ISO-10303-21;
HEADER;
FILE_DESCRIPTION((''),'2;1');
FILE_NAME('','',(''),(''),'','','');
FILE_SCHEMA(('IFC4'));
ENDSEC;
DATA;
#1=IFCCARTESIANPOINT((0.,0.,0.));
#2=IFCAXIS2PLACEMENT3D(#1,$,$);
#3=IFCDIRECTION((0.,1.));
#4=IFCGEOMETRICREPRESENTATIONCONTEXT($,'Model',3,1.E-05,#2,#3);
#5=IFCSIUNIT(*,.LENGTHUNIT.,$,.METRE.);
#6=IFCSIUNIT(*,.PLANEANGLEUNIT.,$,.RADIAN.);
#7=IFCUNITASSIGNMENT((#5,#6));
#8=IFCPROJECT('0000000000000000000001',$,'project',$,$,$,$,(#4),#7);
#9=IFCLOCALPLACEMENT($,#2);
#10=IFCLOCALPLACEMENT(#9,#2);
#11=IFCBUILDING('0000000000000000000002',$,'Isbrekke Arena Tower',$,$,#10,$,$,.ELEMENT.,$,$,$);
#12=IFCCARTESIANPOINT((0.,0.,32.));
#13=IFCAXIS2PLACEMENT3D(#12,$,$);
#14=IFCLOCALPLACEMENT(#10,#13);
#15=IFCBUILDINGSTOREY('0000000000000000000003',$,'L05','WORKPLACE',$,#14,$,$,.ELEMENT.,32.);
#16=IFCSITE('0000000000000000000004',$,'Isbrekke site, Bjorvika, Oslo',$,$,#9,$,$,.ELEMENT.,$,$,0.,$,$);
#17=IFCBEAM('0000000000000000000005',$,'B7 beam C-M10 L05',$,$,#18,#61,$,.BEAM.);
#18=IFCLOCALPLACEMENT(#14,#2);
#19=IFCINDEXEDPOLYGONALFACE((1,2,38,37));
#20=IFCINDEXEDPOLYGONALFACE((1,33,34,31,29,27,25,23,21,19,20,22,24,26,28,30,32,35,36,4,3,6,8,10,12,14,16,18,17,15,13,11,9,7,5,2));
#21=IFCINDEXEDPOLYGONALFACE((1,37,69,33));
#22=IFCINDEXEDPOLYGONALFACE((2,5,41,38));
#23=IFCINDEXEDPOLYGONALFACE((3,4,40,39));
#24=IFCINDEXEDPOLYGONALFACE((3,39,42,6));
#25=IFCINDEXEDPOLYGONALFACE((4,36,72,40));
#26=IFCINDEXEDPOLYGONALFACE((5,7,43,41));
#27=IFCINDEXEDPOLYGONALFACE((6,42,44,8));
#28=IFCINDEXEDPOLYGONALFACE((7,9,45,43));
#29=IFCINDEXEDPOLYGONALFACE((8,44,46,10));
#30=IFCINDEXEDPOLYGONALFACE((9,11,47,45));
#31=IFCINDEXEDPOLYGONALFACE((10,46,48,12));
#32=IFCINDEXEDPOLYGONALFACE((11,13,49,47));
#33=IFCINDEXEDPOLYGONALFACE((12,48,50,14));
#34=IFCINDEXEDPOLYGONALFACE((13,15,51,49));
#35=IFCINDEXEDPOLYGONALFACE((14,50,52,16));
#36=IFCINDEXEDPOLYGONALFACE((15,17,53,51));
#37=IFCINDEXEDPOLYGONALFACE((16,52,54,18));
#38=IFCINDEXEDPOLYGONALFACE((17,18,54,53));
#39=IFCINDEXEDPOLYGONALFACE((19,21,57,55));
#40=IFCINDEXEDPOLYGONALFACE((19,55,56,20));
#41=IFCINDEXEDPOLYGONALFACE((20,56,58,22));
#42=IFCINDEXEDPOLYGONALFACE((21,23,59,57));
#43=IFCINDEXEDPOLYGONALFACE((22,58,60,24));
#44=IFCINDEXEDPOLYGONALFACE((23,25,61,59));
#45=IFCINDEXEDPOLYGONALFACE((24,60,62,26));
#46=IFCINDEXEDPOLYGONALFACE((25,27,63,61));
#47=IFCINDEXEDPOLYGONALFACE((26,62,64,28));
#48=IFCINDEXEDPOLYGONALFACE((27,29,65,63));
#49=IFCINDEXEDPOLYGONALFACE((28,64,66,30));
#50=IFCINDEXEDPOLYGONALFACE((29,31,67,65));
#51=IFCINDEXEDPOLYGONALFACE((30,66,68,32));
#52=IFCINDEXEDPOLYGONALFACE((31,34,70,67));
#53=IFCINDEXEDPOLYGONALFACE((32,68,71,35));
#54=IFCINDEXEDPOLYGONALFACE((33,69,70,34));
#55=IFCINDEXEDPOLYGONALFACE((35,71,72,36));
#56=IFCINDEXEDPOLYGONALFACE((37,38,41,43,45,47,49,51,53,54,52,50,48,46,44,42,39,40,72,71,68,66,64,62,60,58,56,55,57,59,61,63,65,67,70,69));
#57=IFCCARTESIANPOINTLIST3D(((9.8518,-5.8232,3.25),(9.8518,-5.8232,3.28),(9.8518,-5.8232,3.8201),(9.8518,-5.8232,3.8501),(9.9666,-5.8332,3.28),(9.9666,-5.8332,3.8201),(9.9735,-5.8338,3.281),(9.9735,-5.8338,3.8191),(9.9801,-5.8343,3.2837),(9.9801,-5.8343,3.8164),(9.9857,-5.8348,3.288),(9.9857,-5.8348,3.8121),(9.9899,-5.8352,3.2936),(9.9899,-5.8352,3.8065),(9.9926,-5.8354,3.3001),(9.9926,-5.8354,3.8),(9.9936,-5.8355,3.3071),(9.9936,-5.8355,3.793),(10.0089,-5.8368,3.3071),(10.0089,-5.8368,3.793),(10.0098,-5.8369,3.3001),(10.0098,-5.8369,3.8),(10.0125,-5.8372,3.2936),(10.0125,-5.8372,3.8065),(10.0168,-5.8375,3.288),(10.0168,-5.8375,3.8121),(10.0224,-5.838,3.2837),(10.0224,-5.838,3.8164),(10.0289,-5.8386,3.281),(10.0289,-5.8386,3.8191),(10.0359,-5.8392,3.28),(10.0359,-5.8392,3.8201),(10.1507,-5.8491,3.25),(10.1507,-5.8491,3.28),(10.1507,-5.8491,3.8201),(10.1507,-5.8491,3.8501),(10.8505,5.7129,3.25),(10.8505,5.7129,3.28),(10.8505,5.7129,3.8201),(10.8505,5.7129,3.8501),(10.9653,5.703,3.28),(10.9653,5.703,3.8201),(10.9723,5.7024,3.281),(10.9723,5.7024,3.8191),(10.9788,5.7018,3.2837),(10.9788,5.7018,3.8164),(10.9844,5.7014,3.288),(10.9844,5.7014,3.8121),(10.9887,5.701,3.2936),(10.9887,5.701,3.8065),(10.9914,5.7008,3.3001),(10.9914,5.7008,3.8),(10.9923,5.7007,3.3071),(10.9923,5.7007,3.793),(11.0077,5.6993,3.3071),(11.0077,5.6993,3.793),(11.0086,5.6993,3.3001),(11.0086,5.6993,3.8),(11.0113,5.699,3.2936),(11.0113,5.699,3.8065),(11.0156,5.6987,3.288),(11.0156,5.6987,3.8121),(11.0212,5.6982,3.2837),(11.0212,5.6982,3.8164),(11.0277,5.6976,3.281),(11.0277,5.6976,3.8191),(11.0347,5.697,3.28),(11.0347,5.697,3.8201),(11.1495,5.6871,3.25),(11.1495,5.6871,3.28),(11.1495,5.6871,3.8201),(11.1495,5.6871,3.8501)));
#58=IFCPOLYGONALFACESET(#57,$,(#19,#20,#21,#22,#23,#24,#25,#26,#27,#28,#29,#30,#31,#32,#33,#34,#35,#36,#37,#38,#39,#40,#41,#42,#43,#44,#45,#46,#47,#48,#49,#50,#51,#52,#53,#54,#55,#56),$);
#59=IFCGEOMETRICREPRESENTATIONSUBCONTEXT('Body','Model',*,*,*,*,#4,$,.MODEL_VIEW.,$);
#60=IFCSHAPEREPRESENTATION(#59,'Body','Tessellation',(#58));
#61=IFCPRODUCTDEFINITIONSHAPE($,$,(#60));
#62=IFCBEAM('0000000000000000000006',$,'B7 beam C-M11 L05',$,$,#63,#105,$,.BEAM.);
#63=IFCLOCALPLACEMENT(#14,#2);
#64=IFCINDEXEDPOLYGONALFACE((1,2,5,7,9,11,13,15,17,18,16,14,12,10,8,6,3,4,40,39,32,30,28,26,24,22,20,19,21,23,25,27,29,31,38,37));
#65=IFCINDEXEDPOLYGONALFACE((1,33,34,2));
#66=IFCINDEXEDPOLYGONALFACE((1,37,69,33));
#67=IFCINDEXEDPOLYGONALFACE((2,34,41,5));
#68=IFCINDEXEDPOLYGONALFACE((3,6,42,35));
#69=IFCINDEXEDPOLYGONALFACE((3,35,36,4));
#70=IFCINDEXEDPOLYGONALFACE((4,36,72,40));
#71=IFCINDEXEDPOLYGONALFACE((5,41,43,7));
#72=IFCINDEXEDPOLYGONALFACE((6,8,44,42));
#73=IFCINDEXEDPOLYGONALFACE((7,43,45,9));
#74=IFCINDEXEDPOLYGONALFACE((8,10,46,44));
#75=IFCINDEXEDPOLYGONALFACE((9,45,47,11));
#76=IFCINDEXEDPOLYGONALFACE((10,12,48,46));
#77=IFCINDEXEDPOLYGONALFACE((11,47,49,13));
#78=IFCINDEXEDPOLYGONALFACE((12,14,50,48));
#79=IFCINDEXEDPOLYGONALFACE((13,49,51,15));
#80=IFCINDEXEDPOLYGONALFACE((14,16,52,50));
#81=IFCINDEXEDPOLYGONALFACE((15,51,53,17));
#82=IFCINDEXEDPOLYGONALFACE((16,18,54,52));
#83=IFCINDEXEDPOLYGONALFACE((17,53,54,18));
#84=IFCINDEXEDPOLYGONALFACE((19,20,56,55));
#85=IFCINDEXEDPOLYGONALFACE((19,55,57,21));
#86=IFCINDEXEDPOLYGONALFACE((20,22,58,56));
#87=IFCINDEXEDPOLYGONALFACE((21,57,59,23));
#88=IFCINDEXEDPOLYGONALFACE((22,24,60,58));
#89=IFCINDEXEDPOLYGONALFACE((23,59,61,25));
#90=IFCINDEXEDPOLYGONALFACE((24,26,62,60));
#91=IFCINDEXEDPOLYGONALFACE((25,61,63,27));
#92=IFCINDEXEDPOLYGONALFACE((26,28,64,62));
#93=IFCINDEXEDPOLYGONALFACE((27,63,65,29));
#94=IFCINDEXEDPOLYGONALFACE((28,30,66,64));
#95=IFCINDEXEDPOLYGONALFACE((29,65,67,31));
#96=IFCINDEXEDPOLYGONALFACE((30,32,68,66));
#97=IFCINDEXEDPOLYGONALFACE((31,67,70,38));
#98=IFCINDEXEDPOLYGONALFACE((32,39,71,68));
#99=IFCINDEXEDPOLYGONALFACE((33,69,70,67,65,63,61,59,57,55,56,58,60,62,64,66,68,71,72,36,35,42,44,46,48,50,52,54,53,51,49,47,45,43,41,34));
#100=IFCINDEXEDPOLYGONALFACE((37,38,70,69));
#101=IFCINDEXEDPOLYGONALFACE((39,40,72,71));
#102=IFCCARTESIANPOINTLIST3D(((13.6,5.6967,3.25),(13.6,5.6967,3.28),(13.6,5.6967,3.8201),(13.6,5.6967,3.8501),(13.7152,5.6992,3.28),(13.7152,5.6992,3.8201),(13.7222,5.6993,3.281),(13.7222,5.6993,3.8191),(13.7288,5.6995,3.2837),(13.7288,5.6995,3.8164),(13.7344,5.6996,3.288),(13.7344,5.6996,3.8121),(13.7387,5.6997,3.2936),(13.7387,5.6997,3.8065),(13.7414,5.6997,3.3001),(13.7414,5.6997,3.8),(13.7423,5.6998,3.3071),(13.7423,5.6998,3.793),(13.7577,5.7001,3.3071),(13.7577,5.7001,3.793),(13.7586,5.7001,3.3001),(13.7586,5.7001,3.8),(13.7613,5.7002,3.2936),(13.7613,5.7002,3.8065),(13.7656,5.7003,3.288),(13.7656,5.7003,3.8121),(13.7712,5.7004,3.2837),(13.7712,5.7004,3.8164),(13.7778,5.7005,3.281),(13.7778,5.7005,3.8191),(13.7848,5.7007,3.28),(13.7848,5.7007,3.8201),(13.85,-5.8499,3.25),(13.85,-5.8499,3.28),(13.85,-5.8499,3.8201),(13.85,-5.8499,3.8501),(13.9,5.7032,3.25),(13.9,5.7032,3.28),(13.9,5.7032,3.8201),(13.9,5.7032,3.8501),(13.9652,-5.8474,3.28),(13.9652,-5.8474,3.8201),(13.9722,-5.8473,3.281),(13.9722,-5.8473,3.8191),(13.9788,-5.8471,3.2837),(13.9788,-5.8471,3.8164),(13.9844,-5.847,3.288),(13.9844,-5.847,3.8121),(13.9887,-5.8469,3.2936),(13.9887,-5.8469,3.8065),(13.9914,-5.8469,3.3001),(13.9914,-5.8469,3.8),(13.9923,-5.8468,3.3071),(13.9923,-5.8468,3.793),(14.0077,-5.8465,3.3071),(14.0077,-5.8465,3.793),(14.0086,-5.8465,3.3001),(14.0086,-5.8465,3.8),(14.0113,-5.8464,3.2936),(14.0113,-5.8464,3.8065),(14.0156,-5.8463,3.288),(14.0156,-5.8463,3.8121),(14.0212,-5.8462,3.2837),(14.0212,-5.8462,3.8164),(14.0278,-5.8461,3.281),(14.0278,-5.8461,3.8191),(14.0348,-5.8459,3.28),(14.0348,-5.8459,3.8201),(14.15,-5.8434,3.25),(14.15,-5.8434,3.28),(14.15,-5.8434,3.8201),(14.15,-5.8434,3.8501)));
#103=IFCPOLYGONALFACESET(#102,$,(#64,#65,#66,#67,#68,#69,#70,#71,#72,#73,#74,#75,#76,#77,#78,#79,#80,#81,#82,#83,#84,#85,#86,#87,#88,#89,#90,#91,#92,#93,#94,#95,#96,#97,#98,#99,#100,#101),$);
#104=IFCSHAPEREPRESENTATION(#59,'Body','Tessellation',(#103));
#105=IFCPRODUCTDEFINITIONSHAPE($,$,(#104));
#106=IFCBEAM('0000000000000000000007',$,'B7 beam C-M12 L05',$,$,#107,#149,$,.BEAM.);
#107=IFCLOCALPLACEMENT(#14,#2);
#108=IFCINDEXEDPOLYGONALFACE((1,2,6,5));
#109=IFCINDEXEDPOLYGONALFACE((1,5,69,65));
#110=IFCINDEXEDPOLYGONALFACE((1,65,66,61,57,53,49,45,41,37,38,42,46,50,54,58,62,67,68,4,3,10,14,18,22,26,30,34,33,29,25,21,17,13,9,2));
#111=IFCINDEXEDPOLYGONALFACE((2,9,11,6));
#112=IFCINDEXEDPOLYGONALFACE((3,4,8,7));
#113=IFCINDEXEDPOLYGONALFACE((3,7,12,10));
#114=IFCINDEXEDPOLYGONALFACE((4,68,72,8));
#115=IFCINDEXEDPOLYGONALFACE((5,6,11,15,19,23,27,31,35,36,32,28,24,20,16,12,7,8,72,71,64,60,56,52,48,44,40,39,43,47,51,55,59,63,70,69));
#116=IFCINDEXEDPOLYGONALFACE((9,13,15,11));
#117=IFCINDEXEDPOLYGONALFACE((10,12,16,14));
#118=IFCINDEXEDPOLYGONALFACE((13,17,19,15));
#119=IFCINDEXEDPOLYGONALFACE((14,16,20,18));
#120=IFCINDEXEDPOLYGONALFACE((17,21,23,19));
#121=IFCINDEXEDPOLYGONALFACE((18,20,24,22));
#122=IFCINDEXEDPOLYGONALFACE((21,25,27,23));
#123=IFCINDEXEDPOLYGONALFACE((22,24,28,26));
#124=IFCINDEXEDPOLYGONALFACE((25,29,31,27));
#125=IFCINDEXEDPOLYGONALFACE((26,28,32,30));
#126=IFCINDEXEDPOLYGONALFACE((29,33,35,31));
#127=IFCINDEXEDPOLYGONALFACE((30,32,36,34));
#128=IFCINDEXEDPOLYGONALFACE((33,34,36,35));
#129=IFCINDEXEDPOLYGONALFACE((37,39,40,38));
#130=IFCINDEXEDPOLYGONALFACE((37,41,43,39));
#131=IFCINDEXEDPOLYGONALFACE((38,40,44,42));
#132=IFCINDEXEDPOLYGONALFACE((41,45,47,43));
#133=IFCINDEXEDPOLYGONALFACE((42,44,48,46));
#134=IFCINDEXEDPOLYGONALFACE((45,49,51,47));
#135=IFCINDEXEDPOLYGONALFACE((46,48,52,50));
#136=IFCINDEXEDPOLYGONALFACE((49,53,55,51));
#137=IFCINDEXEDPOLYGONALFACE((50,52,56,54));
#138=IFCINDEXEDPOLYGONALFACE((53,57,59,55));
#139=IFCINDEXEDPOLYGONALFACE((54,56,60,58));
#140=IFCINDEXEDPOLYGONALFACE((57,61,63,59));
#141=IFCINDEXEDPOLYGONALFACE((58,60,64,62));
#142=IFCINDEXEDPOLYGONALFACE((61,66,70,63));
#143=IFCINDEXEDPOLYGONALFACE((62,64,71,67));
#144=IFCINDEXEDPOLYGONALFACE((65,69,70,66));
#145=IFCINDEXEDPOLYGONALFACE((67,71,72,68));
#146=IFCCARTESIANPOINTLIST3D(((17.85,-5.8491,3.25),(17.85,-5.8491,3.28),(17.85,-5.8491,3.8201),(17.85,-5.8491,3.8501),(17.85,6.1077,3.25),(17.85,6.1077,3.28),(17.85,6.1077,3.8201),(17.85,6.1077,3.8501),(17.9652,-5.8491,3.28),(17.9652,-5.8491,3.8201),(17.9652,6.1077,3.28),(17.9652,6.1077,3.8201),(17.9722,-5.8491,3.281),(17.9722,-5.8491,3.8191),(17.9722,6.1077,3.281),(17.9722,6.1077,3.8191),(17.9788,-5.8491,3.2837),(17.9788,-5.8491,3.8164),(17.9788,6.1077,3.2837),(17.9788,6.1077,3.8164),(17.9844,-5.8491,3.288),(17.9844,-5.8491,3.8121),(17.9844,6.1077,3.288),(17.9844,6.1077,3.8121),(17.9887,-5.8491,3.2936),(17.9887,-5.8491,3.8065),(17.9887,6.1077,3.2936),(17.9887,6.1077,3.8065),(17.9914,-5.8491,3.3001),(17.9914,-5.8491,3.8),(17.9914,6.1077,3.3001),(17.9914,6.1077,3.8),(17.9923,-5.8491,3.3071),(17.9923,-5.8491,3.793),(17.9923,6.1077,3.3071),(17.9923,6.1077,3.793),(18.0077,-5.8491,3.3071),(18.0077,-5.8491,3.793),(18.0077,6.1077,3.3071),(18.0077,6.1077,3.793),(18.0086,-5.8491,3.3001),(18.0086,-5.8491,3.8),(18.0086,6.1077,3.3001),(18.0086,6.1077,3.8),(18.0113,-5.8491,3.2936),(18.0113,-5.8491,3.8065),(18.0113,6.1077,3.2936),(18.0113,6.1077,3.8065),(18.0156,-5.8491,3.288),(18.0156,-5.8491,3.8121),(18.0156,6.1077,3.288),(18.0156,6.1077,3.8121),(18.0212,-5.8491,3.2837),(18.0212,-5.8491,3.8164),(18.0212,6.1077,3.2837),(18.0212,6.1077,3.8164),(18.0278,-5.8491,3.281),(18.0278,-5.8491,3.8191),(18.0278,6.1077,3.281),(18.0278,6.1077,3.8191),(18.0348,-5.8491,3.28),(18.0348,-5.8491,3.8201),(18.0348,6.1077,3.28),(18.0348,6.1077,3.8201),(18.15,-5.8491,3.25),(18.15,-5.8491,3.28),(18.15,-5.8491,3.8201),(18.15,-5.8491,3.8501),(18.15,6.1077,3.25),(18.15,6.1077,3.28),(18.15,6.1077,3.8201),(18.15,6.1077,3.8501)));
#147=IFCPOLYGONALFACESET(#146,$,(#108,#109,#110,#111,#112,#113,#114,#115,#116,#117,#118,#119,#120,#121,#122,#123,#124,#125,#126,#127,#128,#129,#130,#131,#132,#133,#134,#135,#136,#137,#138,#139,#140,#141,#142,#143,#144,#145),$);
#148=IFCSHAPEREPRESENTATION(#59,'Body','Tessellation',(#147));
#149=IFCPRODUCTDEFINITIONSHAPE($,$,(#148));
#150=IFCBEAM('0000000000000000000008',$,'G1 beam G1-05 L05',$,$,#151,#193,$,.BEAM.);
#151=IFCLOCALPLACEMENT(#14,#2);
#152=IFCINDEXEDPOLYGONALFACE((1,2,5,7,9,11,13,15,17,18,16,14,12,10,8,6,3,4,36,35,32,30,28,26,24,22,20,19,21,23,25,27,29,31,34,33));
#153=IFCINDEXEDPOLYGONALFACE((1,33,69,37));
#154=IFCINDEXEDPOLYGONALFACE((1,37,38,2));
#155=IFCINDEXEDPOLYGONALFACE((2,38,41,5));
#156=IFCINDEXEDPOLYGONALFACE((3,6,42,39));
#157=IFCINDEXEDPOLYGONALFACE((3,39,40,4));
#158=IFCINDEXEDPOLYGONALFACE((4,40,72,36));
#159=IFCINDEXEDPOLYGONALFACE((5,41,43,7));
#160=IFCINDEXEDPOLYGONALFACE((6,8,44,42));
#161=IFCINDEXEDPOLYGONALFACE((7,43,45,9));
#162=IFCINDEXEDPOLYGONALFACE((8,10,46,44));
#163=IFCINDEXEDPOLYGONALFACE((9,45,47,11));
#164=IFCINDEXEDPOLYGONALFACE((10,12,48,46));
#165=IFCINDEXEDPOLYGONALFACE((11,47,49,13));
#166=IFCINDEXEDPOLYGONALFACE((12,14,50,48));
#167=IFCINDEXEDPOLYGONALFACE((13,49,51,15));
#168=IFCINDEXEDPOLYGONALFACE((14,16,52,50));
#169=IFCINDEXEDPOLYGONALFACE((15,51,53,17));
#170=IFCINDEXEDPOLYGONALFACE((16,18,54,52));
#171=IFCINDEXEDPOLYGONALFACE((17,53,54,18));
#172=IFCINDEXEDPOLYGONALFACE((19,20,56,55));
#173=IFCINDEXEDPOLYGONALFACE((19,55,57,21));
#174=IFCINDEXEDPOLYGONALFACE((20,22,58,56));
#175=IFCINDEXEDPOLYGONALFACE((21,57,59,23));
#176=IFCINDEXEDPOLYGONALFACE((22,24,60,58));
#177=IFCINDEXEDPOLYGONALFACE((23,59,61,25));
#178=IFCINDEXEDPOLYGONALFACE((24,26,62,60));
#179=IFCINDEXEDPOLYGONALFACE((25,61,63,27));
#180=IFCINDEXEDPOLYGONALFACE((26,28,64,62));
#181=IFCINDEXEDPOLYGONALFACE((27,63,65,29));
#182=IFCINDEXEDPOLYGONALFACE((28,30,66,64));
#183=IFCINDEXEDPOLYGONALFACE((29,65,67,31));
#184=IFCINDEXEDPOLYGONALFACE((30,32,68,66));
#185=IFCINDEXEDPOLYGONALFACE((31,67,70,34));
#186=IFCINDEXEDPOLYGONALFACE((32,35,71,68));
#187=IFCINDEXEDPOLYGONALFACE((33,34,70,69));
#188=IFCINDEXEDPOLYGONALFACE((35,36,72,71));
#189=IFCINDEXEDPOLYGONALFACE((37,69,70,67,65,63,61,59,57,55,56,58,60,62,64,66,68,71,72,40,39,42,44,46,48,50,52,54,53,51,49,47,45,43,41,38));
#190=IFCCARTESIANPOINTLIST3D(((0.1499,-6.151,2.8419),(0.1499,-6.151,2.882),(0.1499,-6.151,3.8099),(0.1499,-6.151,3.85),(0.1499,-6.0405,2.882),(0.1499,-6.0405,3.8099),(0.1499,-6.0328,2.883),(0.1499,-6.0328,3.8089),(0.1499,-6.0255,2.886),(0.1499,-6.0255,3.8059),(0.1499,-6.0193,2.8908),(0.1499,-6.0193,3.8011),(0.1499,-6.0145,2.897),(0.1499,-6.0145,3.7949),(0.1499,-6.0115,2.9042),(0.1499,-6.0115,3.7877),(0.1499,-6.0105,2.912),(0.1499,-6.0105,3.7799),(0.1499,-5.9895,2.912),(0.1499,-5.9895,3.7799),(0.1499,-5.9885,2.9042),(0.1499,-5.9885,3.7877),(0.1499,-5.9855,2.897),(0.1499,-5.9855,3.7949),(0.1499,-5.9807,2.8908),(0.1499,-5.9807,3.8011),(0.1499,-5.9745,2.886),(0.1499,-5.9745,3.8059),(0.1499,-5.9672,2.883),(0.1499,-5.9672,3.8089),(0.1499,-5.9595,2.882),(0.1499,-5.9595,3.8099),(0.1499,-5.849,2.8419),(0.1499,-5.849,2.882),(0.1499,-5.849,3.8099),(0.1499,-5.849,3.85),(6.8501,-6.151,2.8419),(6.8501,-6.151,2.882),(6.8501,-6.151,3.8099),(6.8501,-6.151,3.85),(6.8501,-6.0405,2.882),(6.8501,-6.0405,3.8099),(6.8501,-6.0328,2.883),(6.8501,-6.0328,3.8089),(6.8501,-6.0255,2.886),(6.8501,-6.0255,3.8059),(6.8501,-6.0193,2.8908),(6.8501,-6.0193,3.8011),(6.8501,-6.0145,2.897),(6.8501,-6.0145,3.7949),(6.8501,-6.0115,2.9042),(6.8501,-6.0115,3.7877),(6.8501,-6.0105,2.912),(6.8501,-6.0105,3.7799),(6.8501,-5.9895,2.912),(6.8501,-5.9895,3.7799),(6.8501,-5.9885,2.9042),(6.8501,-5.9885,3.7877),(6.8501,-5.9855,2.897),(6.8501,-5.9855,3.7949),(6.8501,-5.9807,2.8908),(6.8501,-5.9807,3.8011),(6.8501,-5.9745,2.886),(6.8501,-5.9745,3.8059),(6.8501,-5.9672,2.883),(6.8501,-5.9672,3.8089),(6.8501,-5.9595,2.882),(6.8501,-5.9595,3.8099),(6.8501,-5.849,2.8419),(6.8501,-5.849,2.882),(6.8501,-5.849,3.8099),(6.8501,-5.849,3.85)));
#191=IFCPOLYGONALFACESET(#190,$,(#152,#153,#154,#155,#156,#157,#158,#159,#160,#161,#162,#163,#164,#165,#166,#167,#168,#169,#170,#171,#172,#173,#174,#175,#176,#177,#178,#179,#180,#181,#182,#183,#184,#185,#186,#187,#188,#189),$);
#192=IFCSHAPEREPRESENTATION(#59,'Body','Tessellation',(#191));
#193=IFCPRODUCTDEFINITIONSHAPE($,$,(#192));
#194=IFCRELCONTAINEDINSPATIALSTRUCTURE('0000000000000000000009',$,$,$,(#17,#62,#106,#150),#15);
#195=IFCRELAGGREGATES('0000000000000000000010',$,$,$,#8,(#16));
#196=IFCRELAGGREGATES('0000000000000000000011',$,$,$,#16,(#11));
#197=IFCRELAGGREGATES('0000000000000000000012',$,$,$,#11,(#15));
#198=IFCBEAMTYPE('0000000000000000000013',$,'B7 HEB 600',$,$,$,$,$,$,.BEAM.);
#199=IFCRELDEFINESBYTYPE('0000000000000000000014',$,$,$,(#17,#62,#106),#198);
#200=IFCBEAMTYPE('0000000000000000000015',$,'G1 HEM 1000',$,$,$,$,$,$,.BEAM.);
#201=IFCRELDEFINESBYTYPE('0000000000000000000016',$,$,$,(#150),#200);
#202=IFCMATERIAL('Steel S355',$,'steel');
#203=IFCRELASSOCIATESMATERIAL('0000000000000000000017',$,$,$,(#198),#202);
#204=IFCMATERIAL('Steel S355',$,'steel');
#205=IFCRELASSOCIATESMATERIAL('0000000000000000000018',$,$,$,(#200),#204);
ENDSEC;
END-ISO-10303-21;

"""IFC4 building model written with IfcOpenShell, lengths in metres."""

from ifc_helpers import new_model, si_unit, direction, frame, origin, origin_2d, place, context, subcontext, project, spatial, i_section, extrude, material, material_profile, profile_set, type_object, element, save


model = new_model("IFC4")

# Units and contexts
model_context = context("Model", 3, precision=1e-05, world=origin(), true_north=direction((0.0, 1.0)))
body_context = subcontext(model_context, "Body", "Model", "MODEL_VIEW")
ifc_project = project(units=[si_unit("LENGTHUNIT", "METRE"), si_unit("PLANEANGLEUNIT", "RADIAN")], contexts=[model_context])

# Site, building, storey
site_placement = place(None, origin())
site = spatial("IfcSite", under=ifc_project, at=site_placement, Name="Isbrekke site, Bjorvika, Oslo", CompositionType="ELEMENT", RefElevation=0.0)
building_placement = place(site_placement, origin())
building = spatial("IfcBuilding", under=site, at=building_placement, Name="Isbrekke Arena Tower", CompositionType="ELEMENT")
storey_placement = place(building_placement, frame((0.0, 0.0, 32.0)))
storey = spatial("IfcBuildingStorey", under=building, at=storey_placement, Name="L05", Description="WORKPLACE", CompositionType="ELEMENT", Elevation=32.0)

# Beams
ifc_material_1 = material(Name="Steel S355", Category="steel")
ifc_material_profile_1 = material_profile(ifc_material_1, i_section(OverallWidth=0.3, OverallDepth=0.6001, WebThickness=0.0154, FlangeThickness=0.03, FilletRadius=0.0271, at=origin_2d()), Name="HEB 600")
ifc_profile_set_1 = profile_set([ifc_material_profile_1], Name="Steel S355")
beam_type_1 = type_object("IfcBeamType", Name="B7 HEB 600", PredefinedType="BEAM", material=ifc_profile_set_1)
beam_1_placement = place(storey_placement, frame((10.0012, -5.8362, 3.55), z_axis=(0.086256, 0.996273, 0.0), x_axis=(-0.996273, 0.086256, 0.0)))
element("IfcBeam", 1, at=beam_1_placement, inside=storey, type_object=beam_type_1, Name="B7 beam C-M10 L05", PredefinedType="BEAM", context=body_context, shape_type="SweptSolid", body=[
    extrude(i_section(OverallWidth=0.3, OverallDepth=0.6001, WebThickness=0.0154, FlangeThickness=0.03, FilletRadius=0.0271, at=origin_2d()), origin(), (0.0, 0.0, 1.0), 11.5793),
])
beam_2_placement = place(storey_placement, frame((14.0, -5.8467, 3.55), z_axis=(-0.021646, 0.999766, 0.0), x_axis=(-0.999766, -0.021646, 0.0)))
element("IfcBeam", 2, at=beam_2_placement, inside=storey, type_object=beam_type_1, Name="B7 beam C-M11 L05", PredefinedType="BEAM", context=body_context, shape_type="SweptSolid", body=[
    extrude(i_section(OverallWidth=0.3, OverallDepth=0.6001, WebThickness=0.0154, FlangeThickness=0.03, FilletRadius=0.0271, at=origin_2d()), origin(), (0.0, 0.0, 1.0), 11.5493),
])
beam_3_placement = place(storey_placement, frame((18.0, -5.8491, 3.55), z_axis=(0.0, 1.0, 0.0), x_axis=(-1.0, 0.0, 0.0)))
element("IfcBeam", 3, at=beam_3_placement, inside=storey, type_object=beam_type_1, Name="B7 beam C-M12 L05", PredefinedType="BEAM", context=body_context, shape_type="SweptSolid", body=[
    extrude(i_section(OverallWidth=0.3, OverallDepth=0.6001, WebThickness=0.0154, FlangeThickness=0.03, FilletRadius=0.0271, at=origin_2d()), origin(), (0.0, 0.0, 1.0), 11.9568),
])
ifc_material_2 = material(Name="Steel S355", Category="steel")
ifc_material_profile_2 = material_profile(ifc_material_2, i_section(OverallWidth=0.302, OverallDepth=1.0081, WebThickness=0.021, FlangeThickness=0.04, FilletRadius=0.03, at=origin_2d()), Name="HEM 1000")
ifc_profile_set_2 = profile_set([ifc_material_profile_2], Name="Steel S355")
beam_type_2 = type_object("IfcBeamType", Name="G1 HEM 1000", PredefinedType="BEAM", material=ifc_profile_set_2)
for number, where, z_axis, x_axis, name in (
    (4, (0.1499, -6.0, 3.3459), (1.0, 0.0, 0.0), (0.0, 1.0, 0.0), "G1 beam G1-05 L05"),
):
    element("IfcBeam", number, at=place(storey_placement, frame(where, z_axis=z_axis, x_axis=x_axis)), inside=storey, type_object=beam_type_2, Name=name, PredefinedType="BEAM", context=body_context, shape_type="SweptSolid", body=[
        extrude(i_section(OverallWidth=0.302, OverallDepth=1.0081, WebThickness=0.021, FlangeThickness=0.04, FilletRadius=0.03, at=origin_2d()), origin(), (0.0, 0.0, 1.0), 6.7002),
    ])

save(model, "model.ifc")
